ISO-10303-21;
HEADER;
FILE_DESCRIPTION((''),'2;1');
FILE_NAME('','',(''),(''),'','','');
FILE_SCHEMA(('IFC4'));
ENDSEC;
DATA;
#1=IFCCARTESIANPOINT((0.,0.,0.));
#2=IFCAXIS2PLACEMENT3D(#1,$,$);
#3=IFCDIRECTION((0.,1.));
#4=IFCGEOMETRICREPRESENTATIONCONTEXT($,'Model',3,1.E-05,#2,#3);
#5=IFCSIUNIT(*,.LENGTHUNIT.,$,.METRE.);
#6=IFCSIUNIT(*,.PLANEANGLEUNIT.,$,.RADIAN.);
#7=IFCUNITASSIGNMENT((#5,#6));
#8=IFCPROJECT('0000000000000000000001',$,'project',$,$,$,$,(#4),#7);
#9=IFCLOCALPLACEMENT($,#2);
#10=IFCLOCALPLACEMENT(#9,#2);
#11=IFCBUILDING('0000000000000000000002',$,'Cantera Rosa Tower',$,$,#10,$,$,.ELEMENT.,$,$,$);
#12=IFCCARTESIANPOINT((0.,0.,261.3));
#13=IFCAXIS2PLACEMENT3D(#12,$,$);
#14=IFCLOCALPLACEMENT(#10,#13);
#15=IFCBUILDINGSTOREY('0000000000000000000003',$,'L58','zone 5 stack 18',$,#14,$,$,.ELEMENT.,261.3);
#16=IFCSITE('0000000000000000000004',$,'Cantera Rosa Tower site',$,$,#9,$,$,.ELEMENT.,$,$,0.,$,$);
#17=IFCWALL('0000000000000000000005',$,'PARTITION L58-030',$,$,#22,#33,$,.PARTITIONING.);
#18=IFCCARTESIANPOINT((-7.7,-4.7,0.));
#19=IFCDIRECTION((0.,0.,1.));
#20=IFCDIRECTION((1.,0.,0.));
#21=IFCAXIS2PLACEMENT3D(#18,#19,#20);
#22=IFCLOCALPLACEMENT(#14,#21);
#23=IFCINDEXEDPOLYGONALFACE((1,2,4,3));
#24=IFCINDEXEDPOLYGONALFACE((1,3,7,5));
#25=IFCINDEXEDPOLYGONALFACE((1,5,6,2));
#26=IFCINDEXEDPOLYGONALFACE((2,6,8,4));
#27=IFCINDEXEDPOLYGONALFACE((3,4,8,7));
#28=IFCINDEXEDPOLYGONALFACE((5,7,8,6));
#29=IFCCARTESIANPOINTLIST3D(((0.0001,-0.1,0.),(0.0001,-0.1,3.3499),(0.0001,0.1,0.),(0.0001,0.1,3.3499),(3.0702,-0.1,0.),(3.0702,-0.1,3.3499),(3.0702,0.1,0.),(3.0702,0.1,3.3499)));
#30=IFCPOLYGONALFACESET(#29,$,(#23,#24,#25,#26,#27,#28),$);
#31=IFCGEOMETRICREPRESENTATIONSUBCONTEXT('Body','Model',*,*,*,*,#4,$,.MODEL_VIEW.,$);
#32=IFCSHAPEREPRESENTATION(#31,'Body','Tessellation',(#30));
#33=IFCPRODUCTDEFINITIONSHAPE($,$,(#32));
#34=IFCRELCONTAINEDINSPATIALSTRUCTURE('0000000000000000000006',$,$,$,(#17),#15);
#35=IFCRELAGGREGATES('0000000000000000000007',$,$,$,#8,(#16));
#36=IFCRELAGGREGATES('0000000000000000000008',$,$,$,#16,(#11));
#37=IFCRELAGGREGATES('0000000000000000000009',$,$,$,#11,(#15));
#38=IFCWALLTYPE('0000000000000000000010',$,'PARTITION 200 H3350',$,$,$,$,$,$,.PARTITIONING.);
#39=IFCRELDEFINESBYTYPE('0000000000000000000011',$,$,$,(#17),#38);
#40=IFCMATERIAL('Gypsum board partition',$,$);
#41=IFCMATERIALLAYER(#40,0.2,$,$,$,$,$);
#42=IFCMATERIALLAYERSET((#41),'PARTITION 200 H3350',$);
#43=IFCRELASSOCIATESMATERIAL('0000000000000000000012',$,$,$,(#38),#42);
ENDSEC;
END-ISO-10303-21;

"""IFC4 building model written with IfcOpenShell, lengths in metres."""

from ifc_helpers import new_model, si_unit, direction, frame, frame_2d, origin, place, context, subcontext, project, spatial, rectangle, extrude, material, layer, layer_set, type_object, element, save


model = new_model("IFC4")

# Units and contexts
model_context = context("Model", 3, precision=1e-05, world=origin(), true_north=direction((0.0, 1.0)))
body_context = subcontext(model_context, "Body", "Model", "MODEL_VIEW")
ifc_project = project(units=[si_unit("LENGTHUNIT", "METRE"), si_unit("PLANEANGLEUNIT", "RADIAN")], contexts=[model_context])

# Site, building, storey
site_placement = place(None, origin())
site = spatial("IfcSite", under=ifc_project, at=site_placement, Name="Cantera Rosa Tower site", CompositionType="ELEMENT", RefElevation=0.0)
building_placement = place(site_placement, origin())
building = spatial("IfcBuilding", under=site, at=building_placement, Name="Cantera Rosa Tower", CompositionType="ELEMENT")
storey_placement = place(building_placement, frame((0.0, 0.0, 261.3)))
storey = spatial("IfcBuildingStorey", under=building, at=storey_placement, Name="L58", Description="zone 5 stack 18", CompositionType="ELEMENT", Elevation=261.3)

# Wall
ifc_material_1 = material(Name="Gypsum board partition")
ifc_layer_1 = layer(ifc_material_1, 0.2)
ifc_layer_set_1 = layer_set([ifc_layer_1], Name="PARTITION 200 H3350")
wall_type_1 = type_object("IfcWallType", Name="PARTITION 200 H3350", PredefinedType="PARTITIONING", material=ifc_layer_set_1)
wall_1_placement = place(storey_placement, frame((-7.7, -4.7, 0.0), z_axis=(0.0, 0.0, 1.0), x_axis=(1.0, 0.0, 0.0)))
element("IfcWall", 1, at=wall_1_placement, inside=storey, type_object=wall_type_1, Name="PARTITION L58-030", PredefinedType="PARTITIONING", context=body_context, shape_type="SweptSolid", body=[
    extrude(rectangle(XDim=3.0701, YDim=0.2, at=frame_2d((1.5352, 0.0))), origin(), (0.0, 0.0, 1.0), 3.3499),
])

save(model, "model.ifc")
